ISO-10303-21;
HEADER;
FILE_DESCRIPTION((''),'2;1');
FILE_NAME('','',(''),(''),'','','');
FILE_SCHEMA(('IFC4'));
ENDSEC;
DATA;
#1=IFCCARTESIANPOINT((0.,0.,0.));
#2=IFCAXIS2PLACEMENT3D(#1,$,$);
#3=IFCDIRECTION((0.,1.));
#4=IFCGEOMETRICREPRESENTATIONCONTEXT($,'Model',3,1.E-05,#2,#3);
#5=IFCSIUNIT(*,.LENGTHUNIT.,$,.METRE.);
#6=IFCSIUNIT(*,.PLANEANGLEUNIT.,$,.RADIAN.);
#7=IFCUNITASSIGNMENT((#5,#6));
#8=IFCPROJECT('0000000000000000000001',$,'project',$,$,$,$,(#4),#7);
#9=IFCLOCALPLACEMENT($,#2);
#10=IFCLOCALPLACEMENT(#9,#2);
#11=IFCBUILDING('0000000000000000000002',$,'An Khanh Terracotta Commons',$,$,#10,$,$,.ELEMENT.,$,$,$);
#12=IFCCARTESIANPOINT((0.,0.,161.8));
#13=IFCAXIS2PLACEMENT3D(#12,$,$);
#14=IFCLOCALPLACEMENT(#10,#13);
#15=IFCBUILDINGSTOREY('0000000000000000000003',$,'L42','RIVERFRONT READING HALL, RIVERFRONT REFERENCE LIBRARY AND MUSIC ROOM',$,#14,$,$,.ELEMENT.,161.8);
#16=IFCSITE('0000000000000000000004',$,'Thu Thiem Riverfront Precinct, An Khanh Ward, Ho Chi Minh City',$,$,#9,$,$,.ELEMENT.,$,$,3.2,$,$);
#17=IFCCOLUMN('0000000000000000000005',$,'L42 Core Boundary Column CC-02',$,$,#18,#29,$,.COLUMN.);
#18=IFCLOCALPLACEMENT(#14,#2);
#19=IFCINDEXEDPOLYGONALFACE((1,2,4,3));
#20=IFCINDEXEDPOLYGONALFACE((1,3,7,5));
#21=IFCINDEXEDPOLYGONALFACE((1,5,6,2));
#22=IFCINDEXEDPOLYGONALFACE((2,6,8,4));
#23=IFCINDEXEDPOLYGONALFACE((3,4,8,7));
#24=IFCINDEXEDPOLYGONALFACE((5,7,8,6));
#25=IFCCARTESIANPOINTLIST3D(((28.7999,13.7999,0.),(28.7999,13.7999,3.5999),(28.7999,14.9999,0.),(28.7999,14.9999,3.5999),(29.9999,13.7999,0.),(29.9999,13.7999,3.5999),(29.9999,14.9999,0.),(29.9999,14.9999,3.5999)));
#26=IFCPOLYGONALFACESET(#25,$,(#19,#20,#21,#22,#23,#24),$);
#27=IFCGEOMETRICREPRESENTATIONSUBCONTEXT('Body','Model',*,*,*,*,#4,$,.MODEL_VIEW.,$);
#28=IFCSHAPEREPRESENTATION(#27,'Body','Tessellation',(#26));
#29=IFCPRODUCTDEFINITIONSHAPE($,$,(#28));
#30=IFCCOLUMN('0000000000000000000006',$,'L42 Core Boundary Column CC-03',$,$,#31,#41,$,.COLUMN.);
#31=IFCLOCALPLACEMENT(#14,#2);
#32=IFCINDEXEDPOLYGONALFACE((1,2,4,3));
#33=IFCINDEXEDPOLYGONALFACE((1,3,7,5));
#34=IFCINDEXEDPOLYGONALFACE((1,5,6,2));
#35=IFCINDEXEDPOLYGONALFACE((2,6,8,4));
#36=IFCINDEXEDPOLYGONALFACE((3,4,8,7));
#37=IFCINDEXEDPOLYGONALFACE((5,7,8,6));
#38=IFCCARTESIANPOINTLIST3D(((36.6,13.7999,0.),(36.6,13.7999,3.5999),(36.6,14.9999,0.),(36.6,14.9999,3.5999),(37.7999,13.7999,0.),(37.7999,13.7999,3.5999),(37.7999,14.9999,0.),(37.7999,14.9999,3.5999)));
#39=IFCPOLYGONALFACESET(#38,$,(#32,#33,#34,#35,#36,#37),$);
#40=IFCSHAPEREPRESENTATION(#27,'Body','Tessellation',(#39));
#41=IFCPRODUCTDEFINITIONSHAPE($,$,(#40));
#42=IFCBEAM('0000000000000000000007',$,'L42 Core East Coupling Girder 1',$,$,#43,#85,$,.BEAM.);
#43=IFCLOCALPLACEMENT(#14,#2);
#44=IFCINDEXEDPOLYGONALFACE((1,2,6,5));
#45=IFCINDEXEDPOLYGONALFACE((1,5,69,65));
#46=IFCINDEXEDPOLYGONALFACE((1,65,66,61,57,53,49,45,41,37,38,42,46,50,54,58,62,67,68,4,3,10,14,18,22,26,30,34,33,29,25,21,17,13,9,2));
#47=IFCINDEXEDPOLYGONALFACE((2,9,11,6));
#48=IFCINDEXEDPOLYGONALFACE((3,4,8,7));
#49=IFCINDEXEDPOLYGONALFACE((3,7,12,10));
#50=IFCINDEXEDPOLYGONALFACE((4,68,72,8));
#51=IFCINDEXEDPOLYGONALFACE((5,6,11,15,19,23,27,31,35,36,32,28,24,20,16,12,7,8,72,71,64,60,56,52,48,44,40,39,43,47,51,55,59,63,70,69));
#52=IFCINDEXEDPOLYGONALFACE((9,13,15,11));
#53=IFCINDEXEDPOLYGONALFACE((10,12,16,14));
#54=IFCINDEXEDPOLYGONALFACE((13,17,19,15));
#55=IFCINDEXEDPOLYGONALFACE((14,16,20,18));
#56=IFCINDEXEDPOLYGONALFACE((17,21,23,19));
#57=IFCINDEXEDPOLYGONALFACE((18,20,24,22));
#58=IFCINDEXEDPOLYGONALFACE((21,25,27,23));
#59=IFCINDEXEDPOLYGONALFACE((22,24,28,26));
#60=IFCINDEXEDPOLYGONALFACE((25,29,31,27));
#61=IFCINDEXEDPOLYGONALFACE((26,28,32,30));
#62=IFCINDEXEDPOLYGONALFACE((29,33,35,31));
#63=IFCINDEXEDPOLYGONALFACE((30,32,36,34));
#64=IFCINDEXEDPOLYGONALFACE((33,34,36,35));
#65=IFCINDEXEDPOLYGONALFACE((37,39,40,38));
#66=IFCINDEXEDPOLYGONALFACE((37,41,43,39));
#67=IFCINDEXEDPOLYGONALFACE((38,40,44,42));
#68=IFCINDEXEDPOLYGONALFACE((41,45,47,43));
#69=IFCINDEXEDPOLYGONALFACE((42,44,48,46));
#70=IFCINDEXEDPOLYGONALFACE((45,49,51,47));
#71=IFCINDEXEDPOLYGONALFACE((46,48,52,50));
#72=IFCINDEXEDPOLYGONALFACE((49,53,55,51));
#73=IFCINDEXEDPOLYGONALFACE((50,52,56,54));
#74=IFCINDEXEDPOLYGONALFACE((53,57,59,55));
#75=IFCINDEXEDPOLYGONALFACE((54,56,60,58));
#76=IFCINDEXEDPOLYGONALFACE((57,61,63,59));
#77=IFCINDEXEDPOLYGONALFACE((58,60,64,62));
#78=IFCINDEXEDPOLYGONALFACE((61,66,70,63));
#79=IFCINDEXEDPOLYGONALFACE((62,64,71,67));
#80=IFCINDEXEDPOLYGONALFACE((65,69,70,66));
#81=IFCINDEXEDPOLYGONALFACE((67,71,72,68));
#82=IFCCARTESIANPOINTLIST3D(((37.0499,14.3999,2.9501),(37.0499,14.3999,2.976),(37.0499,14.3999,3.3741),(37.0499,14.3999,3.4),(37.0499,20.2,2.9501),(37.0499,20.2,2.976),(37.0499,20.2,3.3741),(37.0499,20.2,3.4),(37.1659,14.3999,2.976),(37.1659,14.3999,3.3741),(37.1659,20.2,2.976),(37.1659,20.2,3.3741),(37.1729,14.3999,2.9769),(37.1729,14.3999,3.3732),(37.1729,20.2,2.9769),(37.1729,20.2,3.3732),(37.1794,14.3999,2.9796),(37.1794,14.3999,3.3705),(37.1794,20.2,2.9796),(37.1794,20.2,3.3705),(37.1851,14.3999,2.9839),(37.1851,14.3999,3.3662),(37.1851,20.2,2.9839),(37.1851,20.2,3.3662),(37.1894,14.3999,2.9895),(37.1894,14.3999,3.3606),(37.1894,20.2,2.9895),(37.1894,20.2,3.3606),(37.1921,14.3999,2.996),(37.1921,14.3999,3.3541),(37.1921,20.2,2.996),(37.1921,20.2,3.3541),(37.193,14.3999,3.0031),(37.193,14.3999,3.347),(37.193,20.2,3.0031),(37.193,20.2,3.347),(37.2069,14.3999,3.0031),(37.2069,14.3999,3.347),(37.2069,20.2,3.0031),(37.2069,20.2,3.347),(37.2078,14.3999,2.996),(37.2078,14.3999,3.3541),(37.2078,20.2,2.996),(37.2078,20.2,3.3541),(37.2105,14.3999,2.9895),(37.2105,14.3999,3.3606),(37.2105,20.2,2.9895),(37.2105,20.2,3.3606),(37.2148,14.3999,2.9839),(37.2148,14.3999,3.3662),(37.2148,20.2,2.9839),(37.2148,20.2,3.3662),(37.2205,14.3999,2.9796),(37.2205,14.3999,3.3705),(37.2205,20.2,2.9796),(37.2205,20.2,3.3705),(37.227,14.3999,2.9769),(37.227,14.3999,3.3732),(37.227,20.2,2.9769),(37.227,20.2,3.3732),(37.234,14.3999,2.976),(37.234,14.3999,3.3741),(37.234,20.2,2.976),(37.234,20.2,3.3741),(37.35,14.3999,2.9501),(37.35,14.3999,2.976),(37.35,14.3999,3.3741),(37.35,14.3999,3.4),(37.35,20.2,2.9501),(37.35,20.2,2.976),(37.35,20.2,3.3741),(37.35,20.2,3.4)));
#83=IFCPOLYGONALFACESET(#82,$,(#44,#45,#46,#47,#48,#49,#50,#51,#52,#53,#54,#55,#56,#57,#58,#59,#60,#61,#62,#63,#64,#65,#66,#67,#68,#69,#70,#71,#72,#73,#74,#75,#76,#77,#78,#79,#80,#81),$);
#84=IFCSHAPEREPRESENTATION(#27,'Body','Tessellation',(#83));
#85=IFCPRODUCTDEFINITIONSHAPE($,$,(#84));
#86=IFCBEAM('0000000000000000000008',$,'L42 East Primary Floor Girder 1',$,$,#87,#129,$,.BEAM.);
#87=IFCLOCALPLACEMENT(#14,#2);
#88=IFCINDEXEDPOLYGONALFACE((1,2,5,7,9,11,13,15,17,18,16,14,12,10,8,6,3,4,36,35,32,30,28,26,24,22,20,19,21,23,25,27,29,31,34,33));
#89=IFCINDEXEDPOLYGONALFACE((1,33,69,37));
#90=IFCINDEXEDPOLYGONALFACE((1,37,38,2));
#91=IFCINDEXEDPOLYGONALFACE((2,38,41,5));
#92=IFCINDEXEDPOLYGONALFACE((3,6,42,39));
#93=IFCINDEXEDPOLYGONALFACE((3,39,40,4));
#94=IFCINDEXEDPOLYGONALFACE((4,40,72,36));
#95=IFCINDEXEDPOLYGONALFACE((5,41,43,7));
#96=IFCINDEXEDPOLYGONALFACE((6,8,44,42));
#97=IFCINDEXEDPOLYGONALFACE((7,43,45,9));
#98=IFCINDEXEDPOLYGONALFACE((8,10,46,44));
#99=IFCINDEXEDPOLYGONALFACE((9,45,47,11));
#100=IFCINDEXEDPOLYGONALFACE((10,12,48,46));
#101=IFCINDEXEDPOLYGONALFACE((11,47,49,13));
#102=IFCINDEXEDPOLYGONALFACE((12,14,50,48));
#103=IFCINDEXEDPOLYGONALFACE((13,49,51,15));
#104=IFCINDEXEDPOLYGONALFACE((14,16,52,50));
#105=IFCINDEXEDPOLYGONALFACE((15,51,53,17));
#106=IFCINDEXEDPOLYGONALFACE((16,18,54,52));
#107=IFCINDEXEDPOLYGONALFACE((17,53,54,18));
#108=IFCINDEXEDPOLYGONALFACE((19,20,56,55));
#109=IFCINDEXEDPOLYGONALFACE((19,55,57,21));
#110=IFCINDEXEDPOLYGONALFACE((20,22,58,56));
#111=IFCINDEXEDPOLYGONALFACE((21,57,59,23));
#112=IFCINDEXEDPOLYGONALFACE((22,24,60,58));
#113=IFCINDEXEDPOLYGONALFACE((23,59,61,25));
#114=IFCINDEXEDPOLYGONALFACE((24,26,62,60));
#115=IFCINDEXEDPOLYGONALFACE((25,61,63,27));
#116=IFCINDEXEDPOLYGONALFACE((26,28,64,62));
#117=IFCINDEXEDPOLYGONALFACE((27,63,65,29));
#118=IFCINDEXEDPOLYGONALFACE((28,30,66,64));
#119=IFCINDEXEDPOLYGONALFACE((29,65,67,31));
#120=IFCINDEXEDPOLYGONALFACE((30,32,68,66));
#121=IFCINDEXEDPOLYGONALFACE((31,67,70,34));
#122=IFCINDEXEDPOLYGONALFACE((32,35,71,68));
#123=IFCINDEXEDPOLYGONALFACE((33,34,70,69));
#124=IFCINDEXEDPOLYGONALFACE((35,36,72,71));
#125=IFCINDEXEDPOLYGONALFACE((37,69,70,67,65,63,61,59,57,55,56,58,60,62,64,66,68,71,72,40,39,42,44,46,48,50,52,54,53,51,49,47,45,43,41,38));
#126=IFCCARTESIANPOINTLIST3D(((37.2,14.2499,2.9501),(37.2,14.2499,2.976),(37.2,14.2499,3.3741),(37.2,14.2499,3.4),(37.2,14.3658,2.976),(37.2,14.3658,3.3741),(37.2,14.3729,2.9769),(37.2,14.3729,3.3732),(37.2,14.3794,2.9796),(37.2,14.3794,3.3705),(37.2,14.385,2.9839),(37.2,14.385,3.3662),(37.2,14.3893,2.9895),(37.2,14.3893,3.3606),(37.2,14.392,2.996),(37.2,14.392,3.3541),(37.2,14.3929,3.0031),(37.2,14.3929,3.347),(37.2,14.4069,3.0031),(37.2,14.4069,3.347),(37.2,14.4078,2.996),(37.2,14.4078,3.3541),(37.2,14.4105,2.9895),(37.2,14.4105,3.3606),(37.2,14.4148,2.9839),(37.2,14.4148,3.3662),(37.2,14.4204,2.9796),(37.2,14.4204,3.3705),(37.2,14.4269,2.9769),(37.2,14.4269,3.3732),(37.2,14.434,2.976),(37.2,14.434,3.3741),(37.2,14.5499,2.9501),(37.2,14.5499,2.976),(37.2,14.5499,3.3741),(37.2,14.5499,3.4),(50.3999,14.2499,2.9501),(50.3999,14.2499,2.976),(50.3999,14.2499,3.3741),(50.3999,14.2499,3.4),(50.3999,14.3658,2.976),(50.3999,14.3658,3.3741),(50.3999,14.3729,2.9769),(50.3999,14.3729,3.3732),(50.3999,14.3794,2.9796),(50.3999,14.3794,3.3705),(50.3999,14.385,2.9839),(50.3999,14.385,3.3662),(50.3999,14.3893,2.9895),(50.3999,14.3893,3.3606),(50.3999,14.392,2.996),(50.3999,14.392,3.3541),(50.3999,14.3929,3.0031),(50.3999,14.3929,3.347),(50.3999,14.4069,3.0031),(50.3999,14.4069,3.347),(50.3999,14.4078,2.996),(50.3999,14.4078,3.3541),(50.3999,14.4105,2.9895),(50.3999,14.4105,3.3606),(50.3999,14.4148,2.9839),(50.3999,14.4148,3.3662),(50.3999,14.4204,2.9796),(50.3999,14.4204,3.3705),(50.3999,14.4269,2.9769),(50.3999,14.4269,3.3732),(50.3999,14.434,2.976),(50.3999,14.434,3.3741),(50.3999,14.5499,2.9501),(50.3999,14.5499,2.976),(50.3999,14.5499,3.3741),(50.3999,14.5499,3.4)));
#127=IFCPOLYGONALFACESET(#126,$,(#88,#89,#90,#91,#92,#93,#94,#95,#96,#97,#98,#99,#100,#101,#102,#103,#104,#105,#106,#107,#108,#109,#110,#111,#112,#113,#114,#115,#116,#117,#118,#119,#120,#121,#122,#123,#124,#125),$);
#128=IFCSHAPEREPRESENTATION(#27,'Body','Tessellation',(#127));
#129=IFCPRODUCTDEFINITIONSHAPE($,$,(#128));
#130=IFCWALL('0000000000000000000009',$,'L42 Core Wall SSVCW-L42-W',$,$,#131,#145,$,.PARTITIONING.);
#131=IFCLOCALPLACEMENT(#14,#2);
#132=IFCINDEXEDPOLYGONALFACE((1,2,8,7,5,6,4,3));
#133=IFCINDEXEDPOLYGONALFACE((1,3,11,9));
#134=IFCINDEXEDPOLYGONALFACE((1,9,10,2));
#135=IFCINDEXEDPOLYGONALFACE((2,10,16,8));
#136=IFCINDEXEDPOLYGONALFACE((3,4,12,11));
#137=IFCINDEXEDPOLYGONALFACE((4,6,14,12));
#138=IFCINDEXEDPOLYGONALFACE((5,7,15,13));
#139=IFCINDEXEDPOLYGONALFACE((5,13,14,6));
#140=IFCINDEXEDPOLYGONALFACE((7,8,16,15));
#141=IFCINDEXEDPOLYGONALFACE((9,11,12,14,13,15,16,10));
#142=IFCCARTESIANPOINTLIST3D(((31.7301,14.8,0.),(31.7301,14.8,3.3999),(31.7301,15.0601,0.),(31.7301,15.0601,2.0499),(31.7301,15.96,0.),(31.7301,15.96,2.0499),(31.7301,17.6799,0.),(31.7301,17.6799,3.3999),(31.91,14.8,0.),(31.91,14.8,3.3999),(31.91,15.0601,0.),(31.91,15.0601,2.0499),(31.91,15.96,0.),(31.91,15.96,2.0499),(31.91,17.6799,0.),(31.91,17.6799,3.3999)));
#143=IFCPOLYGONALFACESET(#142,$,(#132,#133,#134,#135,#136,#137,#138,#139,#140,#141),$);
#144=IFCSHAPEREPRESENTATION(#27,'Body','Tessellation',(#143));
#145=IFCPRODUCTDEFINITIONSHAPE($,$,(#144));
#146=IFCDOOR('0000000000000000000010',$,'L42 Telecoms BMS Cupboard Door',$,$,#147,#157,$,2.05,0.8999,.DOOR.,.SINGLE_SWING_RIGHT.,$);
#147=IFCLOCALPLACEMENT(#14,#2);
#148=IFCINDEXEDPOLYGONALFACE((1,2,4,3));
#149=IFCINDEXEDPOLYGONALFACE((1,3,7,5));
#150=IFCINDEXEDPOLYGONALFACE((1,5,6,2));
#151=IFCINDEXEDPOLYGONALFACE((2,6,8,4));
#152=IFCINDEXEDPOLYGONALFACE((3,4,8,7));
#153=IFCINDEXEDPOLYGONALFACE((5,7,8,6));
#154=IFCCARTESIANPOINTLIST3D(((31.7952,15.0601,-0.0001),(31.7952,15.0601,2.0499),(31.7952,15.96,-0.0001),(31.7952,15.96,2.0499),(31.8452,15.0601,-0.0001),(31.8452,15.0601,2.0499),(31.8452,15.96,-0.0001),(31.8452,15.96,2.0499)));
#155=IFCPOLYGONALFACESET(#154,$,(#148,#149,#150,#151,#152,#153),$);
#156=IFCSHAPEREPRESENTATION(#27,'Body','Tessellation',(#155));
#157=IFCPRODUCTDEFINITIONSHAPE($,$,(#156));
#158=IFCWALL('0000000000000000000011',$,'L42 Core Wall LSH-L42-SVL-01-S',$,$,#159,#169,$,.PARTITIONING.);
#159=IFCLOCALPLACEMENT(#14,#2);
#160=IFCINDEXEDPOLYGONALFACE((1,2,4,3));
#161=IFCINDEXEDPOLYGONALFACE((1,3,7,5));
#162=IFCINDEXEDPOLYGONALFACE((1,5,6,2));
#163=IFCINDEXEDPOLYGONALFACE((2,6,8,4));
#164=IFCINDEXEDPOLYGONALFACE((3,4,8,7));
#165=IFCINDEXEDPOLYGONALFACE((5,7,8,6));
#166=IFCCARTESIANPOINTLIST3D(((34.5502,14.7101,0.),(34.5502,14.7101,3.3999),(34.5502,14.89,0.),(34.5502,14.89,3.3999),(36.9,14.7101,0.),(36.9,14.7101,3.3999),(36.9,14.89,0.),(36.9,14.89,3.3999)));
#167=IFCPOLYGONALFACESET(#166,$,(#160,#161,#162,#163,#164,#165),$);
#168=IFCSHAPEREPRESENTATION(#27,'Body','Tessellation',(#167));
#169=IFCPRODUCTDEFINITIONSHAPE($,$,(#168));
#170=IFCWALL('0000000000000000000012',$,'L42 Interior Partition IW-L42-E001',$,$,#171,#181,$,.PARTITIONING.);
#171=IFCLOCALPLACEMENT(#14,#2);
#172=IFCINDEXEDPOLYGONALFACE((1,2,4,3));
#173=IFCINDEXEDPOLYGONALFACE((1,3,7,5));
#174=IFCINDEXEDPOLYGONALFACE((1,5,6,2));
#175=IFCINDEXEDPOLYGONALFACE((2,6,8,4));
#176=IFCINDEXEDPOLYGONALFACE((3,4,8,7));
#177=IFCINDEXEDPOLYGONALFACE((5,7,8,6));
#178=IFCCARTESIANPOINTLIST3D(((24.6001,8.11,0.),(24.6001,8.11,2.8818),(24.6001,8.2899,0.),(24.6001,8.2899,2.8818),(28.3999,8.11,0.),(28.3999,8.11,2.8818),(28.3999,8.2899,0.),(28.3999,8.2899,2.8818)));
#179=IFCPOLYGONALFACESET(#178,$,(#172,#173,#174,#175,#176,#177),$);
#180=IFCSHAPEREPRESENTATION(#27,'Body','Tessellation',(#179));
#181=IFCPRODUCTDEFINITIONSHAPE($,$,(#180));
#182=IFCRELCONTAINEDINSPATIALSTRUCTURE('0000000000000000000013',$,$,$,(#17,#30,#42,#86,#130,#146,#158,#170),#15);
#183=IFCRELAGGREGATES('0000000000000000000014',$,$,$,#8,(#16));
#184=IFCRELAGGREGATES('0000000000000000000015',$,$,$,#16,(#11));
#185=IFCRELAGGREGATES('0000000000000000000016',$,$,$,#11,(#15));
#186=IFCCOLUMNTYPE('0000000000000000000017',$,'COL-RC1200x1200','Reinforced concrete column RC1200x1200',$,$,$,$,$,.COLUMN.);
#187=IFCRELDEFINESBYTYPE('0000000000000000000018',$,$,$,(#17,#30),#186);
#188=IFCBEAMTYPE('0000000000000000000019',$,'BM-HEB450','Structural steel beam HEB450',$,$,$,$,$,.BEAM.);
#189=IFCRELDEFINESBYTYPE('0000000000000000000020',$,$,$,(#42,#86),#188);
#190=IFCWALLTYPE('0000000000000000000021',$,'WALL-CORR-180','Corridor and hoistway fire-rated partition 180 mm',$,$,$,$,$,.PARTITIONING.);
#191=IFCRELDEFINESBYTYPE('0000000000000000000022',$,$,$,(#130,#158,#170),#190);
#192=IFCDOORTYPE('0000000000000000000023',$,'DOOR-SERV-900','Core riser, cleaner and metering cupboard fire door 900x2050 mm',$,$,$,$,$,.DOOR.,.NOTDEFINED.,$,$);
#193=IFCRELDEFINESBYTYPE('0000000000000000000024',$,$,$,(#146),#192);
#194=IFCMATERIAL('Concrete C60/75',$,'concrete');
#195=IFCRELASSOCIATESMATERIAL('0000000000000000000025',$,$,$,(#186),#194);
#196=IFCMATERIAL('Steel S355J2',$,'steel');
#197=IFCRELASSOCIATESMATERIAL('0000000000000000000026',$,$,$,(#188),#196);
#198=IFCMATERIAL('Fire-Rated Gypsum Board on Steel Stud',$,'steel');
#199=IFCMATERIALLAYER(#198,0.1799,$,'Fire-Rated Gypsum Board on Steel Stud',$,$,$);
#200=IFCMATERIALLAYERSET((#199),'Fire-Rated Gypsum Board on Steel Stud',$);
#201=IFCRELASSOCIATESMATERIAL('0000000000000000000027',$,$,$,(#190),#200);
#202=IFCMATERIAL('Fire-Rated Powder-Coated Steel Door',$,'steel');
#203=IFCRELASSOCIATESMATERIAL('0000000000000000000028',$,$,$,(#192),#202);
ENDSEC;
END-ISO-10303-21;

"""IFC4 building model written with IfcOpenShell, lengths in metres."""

from ifc_helpers import new_model, si_unit, direction, frame, frame_2d, origin, origin_2d, place, context, subcontext, project, spatial, rectangle, i_section, extrude, material, layer, layer_set, material_profile, profile_set, type_object, element, fill, save


model = new_model("IFC4")

# Units and contexts
model_context = context("Model", 3, precision=1e-05, world=origin(), true_north=direction((0.0, 1.0)))
body_context = subcontext(model_context, "Body", "Model", "MODEL_VIEW")
ifc_project = project(units=[si_unit("LENGTHUNIT", "METRE"), si_unit("PLANEANGLEUNIT", "RADIAN")], contexts=[model_context])

# Site, building, storey
site_placement = place(None, origin())
site = spatial("IfcSite", under=ifc_project, at=site_placement, Name="Thu Thiem Riverfront Precinct, An Khanh Ward, Ho Chi Minh City", CompositionType="ELEMENT", RefElevation=3.2)
building_placement = place(site_placement, origin())
building = spatial("IfcBuilding", under=site, at=building_placement, Name="An Khanh Terracotta Commons", CompositionType="ELEMENT")
storey_placement = place(building_placement, frame((0.0, 0.0, 161.8)))
storey = spatial("IfcBuildingStorey", under=building, at=storey_placement, Name="L42", Description="RIVERFRONT READING HALL, RIVERFRONT REFERENCE LIBRARY AND MUSIC ROOM", CompositionType="ELEMENT", Elevation=161.8)

# Columns
ifc_material_1 = material(Name="Concrete C60/75", Category="concrete")
ifc_material_profile_1 = material_profile(ifc_material_1, rectangle(XDim=1.2, YDim=1.2, at=origin_2d()), Name="RC1200x1200")
ifc_profile_set_1 = profile_set([ifc_material_profile_1], Name="Concrete C60/75")
column_type = type_object("IfcColumnType", Name="COL-RC1200x1200", Description="Reinforced concrete column RC1200x1200", PredefinedType="COLUMN", material=ifc_profile_set_1)
for number, where, z_axis, x_axis, name in (
    (1, (29.3999, 14.3999, 0.0), (0.0, 0.0, 1.0), (1.0, 0.0, 0.0), "L42 Core Boundary Column CC-02"),
    (2, (37.2, 14.3999, 0.0), (0.0, 0.0, 1.0), (1.0, 0.0, 0.0), "L42 Core Boundary Column CC-03"),
):
    element("IfcColumn", number, at=place(storey_placement, frame(where, z_axis=z_axis, x_axis=x_axis)), inside=storey, type_object=column_type, Name=name, PredefinedType="COLUMN", context=body_context, shape_type="SweptSolid", body=[
        extrude(rectangle(XDim=1.2, YDim=1.2, at=origin_2d()), origin(), (0.0, 0.0, 1.0), 3.5999),
    ])

# Beams
ifc_material_2 = material(Name="Steel S355J2", Category="steel")
ifc_material_profile_2 = material_profile(ifc_material_2, i_section(OverallWidth=0.3, OverallDepth=0.45, WebThickness=0.0139, FlangeThickness=0.0259, FilletRadius=0.0271, at=origin_2d()), Name="HEB450")
ifc_profile_set_2 = profile_set([ifc_material_profile_2], Name="Steel S355J2")
beam_type = type_object("IfcBeamType", Name="BM-HEB450", Description="Structural steel beam HEB450", PredefinedType="BEAM", material=ifc_profile_set_2)
beam_1_placement = place(storey_placement, frame((37.2, 14.3999, 3.175), z_axis=(0.0, 1.0, 0.0), x_axis=(-1.0, 0.0, 0.0)))
element("IfcBeam", 3, at=beam_1_placement, inside=storey, type_object=beam_type, Name="L42 Core East Coupling Girder 1", PredefinedType="BEAM", context=body_context, shape_type="SweptSolid", body=[
    extrude(i_section(OverallWidth=0.3, OverallDepth=0.45, WebThickness=0.0139, FlangeThickness=0.0259, FilletRadius=0.0271, at=origin_2d()), origin(), (0.0, 0.0, 1.0), 5.8),
])
beam_2_placement = place(storey_placement, frame((37.2, 14.3999, 3.175), z_axis=(1.0, 0.0, 0.0), x_axis=(0.0, 1.0, 0.0)))
element("IfcBeam", 4, at=beam_2_placement, inside=storey, type_object=beam_type, Name="L42 East Primary Floor Girder 1", PredefinedType="BEAM", context=body_context, shape_type="SweptSolid", body=[
    extrude(i_section(OverallWidth=0.3, OverallDepth=0.45, WebThickness=0.0139, FlangeThickness=0.0259, FilletRadius=0.0271, at=origin_2d()), origin(), (0.0, 0.0, 1.0), 13.2),
])

# Wall, opening, door
ifc_material_3 = material(Name="Fire-Rated Gypsum Board on Steel Stud", Category="steel")
ifc_layer_1 = layer(ifc_material_3, 0.1799, Name="Fire-Rated Gypsum Board on Steel Stud")
ifc_layer_set_1 = layer_set([ifc_layer_1], Name="Fire-Rated Gypsum Board on Steel Stud")
wall_type_1 = type_object("IfcWallType", Name="WALL-CORR-180", Description="Corridor and hoistway fire-rated partition 180 mm", PredefinedType="PARTITIONING", material=ifc_layer_set_1)
wall_1_placement = place(storey_placement, frame((31.8201, 14.8, 0.0), z_axis=(0.0, 0.0, 1.0), x_axis=(0.0, 1.0, 0.0)))
wall_1 = element("IfcWall", 5, at=wall_1_placement, inside=storey, type_object=wall_type_1, Name="L42 Core Wall SSVCW-L42-W", PredefinedType="PARTITIONING", context=body_context, shape_type="SweptSolid", body=[
    extrude(rectangle(XDim=2.8799, YDim=0.1799, at=frame_2d((1.4399, 0.0))), origin(), (0.0, 0.0, 1.0), 3.3999),
])
opening_1_placement = place(wall_1_placement, frame((0.26, 0.0, 0.0)))
opening_1 = element("IfcOpeningElement", 6, at=opening_1_placement, cuts=wall_1, PredefinedType="OPENING", context=body_context, shape_type="SweptSolid", body=[
    extrude(rectangle(XDim=0.8999, YDim=2.05, at=frame_2d((0.45, 1.0249))), frame((0.0, 0.0999, 0.0), z_axis=(0.0, -1.0, 0.0), x_axis=(1.0, 0.0, 0.0)), (0.0, 0.0, 1.0), 0.2),
])
ifc_material_4 = material(Name="Fire-Rated Powder-Coated Steel Door", Category="steel")
door_type_1 = type_object("IfcDoorType", Name="DOOR-SERV-900", Description="Core riser, cleaner and metering cupboard fire door 900x2050 mm", OperationType="NOTDEFINED", PredefinedType="DOOR", material=ifc_material_4)
door_1_placement = place(opening_1_placement, origin())
door_1 = element("IfcDoor", 7, at=door_1_placement, inside=storey, type_object=door_type_1, Name="L42 Telecoms BMS Cupboard Door", OperationType="SINGLE_SWING_RIGHT", OverallHeight=2.05, OverallWidth=0.8999, PredefinedType="DOOR", context=body_context, shape_type="SweptSolid", body=[
    extrude(rectangle(XDim=0.8999, YDim=2.05, at=frame_2d((0.45, 1.0249))), frame((0.0, 0.0249, 0.0), z_axis=(0.0, -1.0, 0.0), x_axis=(1.0, 0.0, 0.0)), (0.0, 0.0, 1.0), 0.05),
])
fill(opening_1, door_1)

# Walls
wall_2_placement = place(storey_placement, frame((36.8999, 14.8, 0.0), z_axis=(0.0, 0.0, 1.0), x_axis=(-1.0, 0.0, 0.0)))
element("IfcWall", 8, at=wall_2_placement, inside=storey, type_object=wall_type_1, Name="L42 Core Wall LSH-L42-SVL-01-S", PredefinedType="PARTITIONING", context=body_context, shape_type="SweptSolid", body=[
    extrude(rectangle(XDim=2.3499, YDim=0.1799, at=frame_2d((1.1748, 0.0))), origin(), (0.0, 0.0, 1.0), 3.3999),
])
wall_3_placement = place(storey_placement, frame((24.6001, 8.2, 0.0), z_axis=(0.0, 0.0, 1.0), x_axis=(1.0, 0.0, 0.0)))
element("IfcWall", 9, at=wall_3_placement, inside=storey, type_object=wall_type_1, Name="L42 Interior Partition IW-L42-E001", PredefinedType="PARTITIONING", context=body_context, shape_type="SweptSolid", body=[
    extrude(rectangle(XDim=3.7998, YDim=0.1799, at=frame_2d((1.8999, 0.0))), origin(), (0.0, 0.0, 1.0), 2.8818),
])

save(model, "model.ifc")
